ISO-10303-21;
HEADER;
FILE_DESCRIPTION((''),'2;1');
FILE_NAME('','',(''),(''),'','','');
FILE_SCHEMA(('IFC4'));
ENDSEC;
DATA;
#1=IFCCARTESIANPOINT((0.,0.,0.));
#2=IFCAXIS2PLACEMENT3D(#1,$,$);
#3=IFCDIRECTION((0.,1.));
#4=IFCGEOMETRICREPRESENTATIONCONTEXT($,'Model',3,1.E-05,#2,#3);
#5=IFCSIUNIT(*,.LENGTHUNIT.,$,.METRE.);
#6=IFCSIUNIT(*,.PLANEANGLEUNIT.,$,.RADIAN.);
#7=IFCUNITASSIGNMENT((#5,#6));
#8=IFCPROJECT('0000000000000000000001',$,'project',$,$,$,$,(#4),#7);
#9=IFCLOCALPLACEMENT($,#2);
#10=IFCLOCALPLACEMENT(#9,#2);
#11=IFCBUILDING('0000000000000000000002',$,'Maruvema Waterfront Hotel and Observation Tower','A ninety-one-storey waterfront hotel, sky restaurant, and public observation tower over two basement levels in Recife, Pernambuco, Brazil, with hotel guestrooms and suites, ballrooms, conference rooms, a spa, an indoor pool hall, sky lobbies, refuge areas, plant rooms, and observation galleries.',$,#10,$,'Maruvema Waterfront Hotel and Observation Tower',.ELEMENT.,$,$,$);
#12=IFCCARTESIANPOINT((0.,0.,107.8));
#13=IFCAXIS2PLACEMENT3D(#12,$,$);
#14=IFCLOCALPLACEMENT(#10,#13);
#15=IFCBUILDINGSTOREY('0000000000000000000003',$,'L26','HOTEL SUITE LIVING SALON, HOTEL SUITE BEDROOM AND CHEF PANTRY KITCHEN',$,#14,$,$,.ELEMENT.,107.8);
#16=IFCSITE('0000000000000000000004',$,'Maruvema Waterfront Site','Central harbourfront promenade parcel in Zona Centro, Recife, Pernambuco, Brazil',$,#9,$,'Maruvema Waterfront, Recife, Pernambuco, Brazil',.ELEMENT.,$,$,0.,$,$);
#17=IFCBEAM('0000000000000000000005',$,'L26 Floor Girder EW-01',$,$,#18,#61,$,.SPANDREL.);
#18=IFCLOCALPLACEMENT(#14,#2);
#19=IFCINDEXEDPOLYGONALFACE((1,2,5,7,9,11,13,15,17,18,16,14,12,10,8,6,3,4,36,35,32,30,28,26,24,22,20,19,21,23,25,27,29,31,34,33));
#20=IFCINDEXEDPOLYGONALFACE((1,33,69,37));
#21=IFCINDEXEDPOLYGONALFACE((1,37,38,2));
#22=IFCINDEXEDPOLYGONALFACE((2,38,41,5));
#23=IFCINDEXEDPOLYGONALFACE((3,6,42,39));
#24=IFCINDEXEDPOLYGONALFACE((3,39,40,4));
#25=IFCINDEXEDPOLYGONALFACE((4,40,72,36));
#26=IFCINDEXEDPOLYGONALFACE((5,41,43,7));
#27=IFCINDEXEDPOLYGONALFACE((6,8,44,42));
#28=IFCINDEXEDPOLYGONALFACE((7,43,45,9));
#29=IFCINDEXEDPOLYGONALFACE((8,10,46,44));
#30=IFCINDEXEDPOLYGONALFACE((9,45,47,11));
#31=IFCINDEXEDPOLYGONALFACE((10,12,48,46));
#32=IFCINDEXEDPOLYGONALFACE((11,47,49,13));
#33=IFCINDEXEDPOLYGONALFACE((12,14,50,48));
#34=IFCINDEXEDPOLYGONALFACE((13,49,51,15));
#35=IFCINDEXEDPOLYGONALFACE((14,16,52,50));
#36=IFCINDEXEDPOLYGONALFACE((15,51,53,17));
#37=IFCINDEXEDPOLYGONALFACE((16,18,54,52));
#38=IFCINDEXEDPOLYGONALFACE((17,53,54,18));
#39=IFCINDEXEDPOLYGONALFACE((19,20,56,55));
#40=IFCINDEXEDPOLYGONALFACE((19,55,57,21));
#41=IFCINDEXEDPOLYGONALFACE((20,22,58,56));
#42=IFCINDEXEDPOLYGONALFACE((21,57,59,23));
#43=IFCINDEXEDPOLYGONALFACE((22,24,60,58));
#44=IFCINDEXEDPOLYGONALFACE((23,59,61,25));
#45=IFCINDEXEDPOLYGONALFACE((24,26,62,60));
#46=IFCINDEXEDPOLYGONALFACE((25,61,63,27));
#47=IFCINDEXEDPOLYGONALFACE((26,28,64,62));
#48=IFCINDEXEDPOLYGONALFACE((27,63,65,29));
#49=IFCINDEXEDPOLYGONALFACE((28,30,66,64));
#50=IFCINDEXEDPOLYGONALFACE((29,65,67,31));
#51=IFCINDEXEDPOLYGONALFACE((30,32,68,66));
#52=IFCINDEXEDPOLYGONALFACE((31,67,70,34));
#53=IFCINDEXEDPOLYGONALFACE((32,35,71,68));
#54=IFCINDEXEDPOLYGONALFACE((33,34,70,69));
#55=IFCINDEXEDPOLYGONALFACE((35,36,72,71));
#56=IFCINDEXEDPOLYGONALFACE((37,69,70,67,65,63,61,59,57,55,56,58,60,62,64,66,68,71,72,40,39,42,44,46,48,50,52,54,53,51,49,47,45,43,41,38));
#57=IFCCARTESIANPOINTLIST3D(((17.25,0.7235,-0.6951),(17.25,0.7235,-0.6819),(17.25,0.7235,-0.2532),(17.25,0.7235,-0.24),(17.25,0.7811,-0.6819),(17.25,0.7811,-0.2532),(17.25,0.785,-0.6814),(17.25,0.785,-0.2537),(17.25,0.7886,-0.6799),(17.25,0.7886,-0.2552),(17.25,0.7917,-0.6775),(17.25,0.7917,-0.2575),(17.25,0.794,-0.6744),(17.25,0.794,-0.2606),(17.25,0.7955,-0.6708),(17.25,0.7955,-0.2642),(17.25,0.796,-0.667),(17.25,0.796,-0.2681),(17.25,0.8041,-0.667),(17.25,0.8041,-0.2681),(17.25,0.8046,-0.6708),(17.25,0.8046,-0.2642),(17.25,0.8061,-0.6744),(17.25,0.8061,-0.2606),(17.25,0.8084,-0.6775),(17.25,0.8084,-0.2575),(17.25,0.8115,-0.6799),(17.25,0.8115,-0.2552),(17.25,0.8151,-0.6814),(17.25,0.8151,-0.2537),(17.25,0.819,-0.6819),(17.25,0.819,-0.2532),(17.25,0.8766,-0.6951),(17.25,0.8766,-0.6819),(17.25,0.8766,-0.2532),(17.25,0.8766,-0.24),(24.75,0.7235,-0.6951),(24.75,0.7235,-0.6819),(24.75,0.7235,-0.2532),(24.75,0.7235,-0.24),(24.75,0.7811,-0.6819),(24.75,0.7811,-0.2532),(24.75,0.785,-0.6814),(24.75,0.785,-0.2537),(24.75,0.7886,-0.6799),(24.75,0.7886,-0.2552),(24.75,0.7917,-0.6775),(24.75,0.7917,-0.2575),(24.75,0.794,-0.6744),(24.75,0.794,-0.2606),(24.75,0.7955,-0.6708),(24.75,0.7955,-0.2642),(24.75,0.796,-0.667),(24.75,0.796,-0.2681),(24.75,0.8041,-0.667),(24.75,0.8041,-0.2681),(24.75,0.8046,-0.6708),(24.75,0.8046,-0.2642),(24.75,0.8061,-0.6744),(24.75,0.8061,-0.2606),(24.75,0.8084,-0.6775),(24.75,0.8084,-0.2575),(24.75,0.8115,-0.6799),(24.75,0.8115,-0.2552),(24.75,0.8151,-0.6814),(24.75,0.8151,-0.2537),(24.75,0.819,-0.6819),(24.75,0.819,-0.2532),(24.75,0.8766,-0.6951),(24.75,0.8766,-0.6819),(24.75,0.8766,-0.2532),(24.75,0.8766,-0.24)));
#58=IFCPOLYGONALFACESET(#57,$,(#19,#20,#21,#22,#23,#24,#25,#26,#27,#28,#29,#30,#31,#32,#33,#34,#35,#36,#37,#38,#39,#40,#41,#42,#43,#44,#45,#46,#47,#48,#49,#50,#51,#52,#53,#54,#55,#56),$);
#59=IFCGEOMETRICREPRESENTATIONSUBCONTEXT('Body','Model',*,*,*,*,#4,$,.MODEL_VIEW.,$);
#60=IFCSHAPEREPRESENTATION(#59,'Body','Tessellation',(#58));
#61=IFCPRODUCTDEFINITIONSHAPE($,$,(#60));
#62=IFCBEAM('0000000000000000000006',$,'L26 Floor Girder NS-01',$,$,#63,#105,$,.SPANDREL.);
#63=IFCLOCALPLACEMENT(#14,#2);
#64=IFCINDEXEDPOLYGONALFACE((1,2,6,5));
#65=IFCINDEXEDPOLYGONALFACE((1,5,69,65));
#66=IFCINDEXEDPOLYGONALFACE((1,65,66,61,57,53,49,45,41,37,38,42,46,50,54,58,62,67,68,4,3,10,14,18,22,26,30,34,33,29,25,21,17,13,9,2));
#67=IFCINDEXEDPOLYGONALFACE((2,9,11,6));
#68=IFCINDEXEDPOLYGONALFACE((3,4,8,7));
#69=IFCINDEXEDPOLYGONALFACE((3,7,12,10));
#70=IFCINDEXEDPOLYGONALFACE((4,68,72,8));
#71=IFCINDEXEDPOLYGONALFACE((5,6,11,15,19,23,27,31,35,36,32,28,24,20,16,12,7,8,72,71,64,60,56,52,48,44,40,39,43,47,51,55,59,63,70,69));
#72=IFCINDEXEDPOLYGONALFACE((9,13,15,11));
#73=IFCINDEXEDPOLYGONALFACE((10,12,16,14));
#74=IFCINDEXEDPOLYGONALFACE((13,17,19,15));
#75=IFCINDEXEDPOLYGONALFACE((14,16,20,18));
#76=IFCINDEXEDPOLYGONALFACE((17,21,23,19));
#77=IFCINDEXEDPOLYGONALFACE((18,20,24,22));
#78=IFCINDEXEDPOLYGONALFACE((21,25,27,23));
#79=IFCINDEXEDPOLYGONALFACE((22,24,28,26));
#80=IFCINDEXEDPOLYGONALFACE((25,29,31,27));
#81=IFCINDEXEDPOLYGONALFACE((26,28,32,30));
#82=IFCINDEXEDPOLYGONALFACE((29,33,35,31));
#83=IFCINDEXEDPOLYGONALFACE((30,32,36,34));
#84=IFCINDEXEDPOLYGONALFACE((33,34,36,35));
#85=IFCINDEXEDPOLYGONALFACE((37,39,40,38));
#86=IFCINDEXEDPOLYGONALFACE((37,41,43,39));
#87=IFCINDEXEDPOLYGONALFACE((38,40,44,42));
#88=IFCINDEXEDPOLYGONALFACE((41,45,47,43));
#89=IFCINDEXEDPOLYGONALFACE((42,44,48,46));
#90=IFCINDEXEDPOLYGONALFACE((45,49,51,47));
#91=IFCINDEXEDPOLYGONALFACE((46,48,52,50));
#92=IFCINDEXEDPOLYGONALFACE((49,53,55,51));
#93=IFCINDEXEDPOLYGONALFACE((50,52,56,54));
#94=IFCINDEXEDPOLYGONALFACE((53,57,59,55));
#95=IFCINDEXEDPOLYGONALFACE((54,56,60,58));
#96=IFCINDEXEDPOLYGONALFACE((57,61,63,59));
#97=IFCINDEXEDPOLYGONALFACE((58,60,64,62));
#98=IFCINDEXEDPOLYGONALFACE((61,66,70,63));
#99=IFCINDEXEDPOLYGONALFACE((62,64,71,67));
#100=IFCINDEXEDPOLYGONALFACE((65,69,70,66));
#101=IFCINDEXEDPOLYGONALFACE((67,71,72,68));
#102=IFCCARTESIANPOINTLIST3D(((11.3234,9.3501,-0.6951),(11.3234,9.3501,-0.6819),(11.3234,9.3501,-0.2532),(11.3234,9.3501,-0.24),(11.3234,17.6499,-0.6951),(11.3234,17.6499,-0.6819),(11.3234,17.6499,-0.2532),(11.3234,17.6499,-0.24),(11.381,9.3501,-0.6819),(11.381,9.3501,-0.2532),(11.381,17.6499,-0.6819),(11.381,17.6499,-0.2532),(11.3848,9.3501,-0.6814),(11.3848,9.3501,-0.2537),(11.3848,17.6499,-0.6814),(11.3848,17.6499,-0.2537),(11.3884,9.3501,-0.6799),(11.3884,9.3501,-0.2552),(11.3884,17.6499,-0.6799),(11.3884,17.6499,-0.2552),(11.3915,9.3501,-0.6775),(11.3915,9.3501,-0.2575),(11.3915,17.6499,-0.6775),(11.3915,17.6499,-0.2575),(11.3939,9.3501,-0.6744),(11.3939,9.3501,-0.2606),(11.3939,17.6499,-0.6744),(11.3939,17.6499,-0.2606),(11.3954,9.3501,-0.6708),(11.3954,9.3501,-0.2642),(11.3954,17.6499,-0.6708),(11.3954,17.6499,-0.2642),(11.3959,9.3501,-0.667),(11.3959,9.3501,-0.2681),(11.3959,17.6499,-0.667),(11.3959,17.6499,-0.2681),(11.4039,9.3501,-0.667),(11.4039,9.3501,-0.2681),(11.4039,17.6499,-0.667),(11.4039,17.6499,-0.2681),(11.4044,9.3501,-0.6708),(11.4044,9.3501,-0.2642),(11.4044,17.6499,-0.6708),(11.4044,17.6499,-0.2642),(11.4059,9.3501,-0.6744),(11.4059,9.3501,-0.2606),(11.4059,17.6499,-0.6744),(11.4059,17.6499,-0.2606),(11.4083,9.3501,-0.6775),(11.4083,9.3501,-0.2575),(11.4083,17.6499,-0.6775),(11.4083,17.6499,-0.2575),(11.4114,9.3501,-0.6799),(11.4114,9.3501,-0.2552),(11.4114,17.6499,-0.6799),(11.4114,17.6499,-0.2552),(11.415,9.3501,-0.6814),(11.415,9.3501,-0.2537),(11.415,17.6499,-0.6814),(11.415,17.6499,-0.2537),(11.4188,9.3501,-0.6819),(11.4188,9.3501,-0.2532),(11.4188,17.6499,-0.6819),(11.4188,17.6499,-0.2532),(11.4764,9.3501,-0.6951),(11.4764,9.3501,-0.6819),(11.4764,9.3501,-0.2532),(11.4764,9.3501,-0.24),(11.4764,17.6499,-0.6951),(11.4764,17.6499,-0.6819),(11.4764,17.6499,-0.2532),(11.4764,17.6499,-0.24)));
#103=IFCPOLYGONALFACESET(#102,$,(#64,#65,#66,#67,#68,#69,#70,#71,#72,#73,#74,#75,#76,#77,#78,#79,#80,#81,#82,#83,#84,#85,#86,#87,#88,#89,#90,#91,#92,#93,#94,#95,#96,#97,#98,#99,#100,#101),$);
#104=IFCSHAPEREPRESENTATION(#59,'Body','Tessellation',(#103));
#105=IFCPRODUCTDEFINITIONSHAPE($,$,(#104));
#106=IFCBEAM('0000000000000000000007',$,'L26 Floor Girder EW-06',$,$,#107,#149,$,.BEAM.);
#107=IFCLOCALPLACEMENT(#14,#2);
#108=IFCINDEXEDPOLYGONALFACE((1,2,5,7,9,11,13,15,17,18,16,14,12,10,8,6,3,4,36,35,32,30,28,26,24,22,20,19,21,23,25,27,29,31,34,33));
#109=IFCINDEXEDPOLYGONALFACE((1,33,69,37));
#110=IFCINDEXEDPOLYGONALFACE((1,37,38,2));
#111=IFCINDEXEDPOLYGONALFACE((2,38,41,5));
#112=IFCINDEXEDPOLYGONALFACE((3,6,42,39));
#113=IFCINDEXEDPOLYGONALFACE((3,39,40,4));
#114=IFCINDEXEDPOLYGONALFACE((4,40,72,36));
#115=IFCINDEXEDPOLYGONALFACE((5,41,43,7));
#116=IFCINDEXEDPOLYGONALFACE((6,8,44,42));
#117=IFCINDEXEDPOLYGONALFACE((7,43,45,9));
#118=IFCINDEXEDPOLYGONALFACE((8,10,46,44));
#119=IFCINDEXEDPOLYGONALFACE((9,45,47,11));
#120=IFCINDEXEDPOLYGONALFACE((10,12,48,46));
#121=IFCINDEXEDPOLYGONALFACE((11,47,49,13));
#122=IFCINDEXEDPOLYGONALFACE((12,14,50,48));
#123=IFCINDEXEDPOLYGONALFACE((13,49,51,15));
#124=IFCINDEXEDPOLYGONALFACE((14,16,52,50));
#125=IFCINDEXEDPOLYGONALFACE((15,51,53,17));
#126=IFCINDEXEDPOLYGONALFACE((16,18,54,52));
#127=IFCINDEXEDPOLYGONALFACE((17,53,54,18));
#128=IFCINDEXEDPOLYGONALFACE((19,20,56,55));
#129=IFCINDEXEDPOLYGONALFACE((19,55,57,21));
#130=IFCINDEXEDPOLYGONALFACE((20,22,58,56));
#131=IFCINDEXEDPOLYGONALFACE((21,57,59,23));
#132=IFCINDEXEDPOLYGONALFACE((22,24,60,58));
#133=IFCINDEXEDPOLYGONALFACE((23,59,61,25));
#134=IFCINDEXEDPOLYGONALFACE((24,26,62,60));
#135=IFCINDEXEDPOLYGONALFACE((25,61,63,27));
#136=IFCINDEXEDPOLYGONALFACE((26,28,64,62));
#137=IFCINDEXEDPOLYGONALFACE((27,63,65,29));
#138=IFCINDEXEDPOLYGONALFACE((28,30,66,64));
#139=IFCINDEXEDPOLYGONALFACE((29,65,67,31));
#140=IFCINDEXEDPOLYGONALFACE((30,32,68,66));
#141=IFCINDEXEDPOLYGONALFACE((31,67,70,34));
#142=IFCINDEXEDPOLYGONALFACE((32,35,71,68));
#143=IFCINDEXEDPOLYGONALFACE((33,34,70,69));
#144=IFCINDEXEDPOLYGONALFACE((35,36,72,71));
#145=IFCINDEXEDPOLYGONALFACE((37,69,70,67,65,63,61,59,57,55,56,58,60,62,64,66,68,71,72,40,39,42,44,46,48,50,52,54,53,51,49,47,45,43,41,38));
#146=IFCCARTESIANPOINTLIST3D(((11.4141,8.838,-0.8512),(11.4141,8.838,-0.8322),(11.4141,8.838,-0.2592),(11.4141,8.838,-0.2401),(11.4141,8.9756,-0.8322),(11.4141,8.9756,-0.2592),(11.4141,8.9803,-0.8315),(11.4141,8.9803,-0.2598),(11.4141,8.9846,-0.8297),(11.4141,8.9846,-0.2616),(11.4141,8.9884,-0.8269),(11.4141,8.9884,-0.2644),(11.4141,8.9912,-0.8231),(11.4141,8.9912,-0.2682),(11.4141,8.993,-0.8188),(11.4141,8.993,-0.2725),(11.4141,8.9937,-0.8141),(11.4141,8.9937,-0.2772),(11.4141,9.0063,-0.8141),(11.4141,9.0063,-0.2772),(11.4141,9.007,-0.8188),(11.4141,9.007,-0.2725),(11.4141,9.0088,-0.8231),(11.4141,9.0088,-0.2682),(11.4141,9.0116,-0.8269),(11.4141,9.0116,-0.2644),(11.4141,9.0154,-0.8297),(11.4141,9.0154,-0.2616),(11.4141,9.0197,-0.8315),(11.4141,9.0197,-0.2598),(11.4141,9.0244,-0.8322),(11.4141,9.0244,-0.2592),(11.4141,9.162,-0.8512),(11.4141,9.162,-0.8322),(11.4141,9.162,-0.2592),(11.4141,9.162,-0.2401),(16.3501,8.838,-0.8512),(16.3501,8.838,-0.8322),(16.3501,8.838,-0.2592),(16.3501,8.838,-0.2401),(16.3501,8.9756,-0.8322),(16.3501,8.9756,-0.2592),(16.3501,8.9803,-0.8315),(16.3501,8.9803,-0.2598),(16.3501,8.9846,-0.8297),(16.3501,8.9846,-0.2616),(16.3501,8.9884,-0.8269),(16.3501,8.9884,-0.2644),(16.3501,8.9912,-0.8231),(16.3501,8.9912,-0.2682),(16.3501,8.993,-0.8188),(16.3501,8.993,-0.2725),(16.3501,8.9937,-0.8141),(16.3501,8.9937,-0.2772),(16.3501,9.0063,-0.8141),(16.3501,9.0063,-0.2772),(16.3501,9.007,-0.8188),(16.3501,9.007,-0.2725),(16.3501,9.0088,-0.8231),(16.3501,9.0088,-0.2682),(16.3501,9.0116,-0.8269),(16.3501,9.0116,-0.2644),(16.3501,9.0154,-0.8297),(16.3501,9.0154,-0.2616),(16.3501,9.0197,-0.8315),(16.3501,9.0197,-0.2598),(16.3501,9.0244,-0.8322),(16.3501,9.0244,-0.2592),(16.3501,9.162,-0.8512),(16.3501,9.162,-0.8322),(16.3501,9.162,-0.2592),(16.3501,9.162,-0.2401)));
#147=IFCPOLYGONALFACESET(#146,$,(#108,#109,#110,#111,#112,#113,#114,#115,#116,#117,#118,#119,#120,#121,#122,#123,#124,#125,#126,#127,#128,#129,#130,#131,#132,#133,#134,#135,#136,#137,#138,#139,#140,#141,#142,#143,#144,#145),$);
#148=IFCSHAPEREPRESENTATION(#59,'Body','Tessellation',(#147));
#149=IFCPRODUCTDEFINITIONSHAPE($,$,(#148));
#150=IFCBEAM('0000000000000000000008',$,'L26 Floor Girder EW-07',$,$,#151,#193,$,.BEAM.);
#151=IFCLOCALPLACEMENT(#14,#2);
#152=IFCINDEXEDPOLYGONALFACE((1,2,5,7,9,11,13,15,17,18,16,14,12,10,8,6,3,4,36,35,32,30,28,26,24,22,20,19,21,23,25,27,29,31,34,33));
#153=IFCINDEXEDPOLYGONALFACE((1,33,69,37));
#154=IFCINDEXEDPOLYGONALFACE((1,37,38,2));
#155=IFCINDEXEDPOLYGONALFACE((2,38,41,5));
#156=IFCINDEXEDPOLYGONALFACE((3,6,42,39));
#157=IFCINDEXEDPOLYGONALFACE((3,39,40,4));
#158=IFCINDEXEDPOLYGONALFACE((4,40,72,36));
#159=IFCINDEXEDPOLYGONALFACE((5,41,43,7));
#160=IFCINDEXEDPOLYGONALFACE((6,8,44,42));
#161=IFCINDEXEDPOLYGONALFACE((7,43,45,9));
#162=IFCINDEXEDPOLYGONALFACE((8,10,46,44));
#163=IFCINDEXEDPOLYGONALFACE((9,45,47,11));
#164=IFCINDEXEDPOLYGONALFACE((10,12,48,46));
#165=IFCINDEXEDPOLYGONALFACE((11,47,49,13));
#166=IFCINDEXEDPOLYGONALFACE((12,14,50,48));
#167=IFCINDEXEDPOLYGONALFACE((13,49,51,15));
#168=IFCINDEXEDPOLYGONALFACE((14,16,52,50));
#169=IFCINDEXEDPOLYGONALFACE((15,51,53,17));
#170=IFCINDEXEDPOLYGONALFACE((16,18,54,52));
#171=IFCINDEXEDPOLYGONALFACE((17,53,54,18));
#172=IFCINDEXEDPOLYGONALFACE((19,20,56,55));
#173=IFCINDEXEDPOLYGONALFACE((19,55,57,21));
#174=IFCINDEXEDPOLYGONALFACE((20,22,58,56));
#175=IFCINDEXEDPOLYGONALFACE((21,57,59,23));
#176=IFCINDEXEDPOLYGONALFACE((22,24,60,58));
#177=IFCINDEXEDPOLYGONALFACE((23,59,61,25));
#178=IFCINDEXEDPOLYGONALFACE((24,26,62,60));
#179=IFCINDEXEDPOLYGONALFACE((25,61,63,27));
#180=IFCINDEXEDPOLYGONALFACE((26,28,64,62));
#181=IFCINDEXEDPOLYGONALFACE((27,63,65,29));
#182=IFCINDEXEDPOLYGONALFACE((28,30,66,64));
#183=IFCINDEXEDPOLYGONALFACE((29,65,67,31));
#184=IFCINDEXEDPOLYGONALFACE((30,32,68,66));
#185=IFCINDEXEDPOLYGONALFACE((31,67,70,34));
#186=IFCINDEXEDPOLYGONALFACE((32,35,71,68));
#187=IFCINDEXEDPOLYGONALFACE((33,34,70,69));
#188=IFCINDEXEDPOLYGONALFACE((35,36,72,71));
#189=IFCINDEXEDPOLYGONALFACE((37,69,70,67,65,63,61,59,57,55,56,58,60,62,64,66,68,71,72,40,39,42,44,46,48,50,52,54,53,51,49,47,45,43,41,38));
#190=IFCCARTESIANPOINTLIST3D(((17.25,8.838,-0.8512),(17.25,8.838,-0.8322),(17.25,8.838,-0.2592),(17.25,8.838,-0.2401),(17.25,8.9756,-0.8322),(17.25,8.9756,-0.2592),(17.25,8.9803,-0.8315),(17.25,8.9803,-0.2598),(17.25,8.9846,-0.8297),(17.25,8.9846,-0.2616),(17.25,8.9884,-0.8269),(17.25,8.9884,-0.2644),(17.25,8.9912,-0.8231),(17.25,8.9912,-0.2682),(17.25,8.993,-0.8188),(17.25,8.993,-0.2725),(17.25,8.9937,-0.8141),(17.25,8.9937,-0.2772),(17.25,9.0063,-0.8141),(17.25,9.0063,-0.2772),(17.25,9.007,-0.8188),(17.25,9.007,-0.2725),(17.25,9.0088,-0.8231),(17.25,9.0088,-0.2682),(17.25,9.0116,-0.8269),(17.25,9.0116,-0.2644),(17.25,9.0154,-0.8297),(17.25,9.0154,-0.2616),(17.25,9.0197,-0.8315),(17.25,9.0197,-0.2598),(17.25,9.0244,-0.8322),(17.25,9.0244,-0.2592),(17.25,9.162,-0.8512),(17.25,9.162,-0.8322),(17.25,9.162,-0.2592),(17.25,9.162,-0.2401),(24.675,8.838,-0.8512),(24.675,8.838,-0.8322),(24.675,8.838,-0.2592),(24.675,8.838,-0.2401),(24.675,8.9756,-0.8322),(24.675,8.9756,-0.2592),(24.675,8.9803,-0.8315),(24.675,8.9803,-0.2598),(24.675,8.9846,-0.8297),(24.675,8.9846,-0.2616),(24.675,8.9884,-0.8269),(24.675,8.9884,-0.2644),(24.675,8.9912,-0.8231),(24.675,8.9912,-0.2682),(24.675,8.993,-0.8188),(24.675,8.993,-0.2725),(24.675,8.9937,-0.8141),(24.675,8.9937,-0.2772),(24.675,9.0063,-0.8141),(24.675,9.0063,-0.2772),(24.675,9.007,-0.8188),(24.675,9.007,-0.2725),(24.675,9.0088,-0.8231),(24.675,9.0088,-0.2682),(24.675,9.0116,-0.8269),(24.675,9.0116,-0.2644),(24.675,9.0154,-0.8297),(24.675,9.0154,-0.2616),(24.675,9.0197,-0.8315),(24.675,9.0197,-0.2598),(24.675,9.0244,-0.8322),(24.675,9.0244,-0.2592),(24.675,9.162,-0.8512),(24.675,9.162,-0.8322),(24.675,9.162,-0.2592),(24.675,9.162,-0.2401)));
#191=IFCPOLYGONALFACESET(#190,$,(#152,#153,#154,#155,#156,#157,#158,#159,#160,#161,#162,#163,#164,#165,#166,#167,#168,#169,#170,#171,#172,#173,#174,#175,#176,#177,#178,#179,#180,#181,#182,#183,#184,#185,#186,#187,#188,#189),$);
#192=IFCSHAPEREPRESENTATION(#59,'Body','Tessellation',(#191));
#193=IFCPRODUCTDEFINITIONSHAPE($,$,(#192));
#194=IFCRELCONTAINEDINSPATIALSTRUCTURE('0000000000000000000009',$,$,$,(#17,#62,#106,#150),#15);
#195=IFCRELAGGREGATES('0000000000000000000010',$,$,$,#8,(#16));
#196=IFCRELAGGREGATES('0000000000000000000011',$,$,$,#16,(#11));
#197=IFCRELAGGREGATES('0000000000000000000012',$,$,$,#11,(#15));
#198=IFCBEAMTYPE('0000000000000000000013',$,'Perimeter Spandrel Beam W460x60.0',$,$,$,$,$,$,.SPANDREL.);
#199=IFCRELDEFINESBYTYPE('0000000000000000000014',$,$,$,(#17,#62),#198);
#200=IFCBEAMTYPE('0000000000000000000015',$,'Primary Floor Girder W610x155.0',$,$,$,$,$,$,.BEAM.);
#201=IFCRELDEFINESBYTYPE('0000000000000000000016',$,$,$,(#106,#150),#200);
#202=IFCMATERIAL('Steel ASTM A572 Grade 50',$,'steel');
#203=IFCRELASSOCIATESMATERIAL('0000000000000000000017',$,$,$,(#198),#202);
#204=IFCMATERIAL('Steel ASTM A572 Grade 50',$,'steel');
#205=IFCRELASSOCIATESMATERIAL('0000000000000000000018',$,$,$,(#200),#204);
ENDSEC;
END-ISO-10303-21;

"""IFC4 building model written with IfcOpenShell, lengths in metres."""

from ifc_helpers import new_model, si_unit, direction, frame, origin, origin_2d, place, context, subcontext, project, spatial, i_section, extrude, material, material_profile, profile_set, type_object, element, save


model = new_model("IFC4")

# Units and contexts
model_context = context("Model", 3, precision=1e-05, world=origin(), true_north=direction((0.0, 1.0)))
body_context = subcontext(model_context, "Body", "Model", "MODEL_VIEW")
ifc_project = project(units=[si_unit("LENGTHUNIT", "METRE"), si_unit("PLANEANGLEUNIT", "RADIAN")], contexts=[model_context])

# Site, building, storey
site_placement = place(None, origin())
site = spatial("IfcSite", under=ifc_project, at=site_placement, Name="Maruvema Waterfront Site", Description="Central harbourfront promenade parcel in Zona Centro, Recife, Pernambuco, Brazil", LongName="Maruvema Waterfront, Recife, Pernambuco, Brazil", CompositionType="ELEMENT", RefElevation=0.0)
building_placement = place(site_placement, origin())
building = spatial("IfcBuilding", under=site, at=building_placement, Name="Maruvema Waterfront Hotel and Observation Tower", Description="A ninety-one-storey waterfront hotel, sky restaurant, and public observation tower over two basement levels in Recife, Pernambuco, Brazil, with hotel guestrooms and suites, ballrooms, conference rooms, a spa, an indoor pool hall, sky lobbies, refuge areas, plant rooms, and observation galleries.", LongName="Maruvema Waterfront Hotel and Observation Tower", CompositionType="ELEMENT")
storey_placement = place(building_placement, frame((0.0, 0.0, 107.8)))
storey = spatial("IfcBuildingStorey", under=building, at=storey_placement, Name="L26", Description="HOTEL SUITE LIVING SALON, HOTEL SUITE BEDROOM AND CHEF PANTRY KITCHEN", CompositionType="ELEMENT", Elevation=107.8)

# Beams
ifc_material_1 = material(Name="Steel ASTM A572 Grade 50", Category="steel")
ifc_material_profile_1 = material_profile(ifc_material_1, i_section(OverallWidth=0.1531, OverallDepth=0.4551, WebThickness=0.0081, FlangeThickness=0.0132, FilletRadius=0.0149, at=origin_2d()), Name="W460x60.0")
ifc_profile_set_1 = profile_set([ifc_material_profile_1], Name="Steel ASTM A572 Grade 50")
beam_type_1 = type_object("IfcBeamType", Name="Perimeter Spandrel Beam W460x60.0", PredefinedType="SPANDREL", material=ifc_profile_set_1)
beam_1_placement = place(storey_placement, frame((17.25, 0.8, -0.4675), z_axis=(1.0, 0.0, 0.0), x_axis=(0.0, 1.0, 0.0)))
element("IfcBeam", 1, at=beam_1_placement, inside=storey, type_object=beam_type_1, Name="L26 Floor Girder EW-01", PredefinedType="SPANDREL", context=body_context, shape_type="SweptSolid", body=[
    extrude(i_section(OverallWidth=0.1531, OverallDepth=0.4551, WebThickness=0.0081, FlangeThickness=0.0132, FilletRadius=0.0149, at=origin_2d()), origin(), (0.0, 0.0, 1.0), 7.5),
])
beam_2_placement = place(storey_placement, frame((11.3999, 9.3501, -0.4675), z_axis=(0.0, 1.0, 0.0), x_axis=(-1.0, 0.0, 0.0)))
element("IfcBeam", 2, at=beam_2_placement, inside=storey, type_object=beam_type_1, Name="L26 Floor Girder NS-01", PredefinedType="SPANDREL", context=body_context, shape_type="SweptSolid", body=[
    extrude(i_section(OverallWidth=0.1531, OverallDepth=0.4551, WebThickness=0.0081, FlangeThickness=0.0132, FilletRadius=0.0149, at=origin_2d()), origin(), (0.0, 0.0, 1.0), 8.2998),
])
ifc_material_2 = material(Name="Steel ASTM A572 Grade 50", Category="steel")
ifc_material_profile_2 = material_profile(ifc_material_2, i_section(OverallWidth=0.324, OverallDepth=0.6111, WebThickness=0.0127, FlangeThickness=0.019, FilletRadius=0.0181, at=origin_2d()), Name="W610x155.0")
ifc_profile_set_2 = profile_set([ifc_material_profile_2], Name="Steel ASTM A572 Grade 50")
beam_type_2 = type_object("IfcBeamType", Name="Primary Floor Girder W610x155.0", PredefinedType="BEAM", material=ifc_profile_set_2)
beam_3_placement = place(storey_placement, frame((11.4141, 9.0, -0.5457), z_axis=(1.0, 0.0, 0.0), x_axis=(0.0, 1.0, 0.0)))
element("IfcBeam", 3, at=beam_3_placement, inside=storey, type_object=beam_type_2, Name="L26 Floor Girder EW-06", PredefinedType="BEAM", context=body_context, shape_type="SweptSolid", body=[
    extrude(i_section(OverallWidth=0.324, OverallDepth=0.6111, WebThickness=0.0127, FlangeThickness=0.019, FilletRadius=0.0181, at=origin_2d()), origin(), (0.0, 0.0, 1.0), 4.936),
])
beam_4_placement = place(storey_placement, frame((17.25, 9.0, -0.5457), z_axis=(1.0, 0.0, 0.0), x_axis=(0.0, 1.0, 0.0)))
element("IfcBeam", 4, at=beam_4_placement, inside=storey, type_object=beam_type_2, Name="L26 Floor Girder EW-07", PredefinedType="BEAM", context=body_context, shape_type="SweptSolid", body=[
    extrude(i_section(OverallWidth=0.324, OverallDepth=0.6111, WebThickness=0.0127, FlangeThickness=0.019, FilletRadius=0.0181, at=origin_2d()), origin(), (0.0, 0.0, 1.0), 7.425),
])

save(model, "model.ifc")
